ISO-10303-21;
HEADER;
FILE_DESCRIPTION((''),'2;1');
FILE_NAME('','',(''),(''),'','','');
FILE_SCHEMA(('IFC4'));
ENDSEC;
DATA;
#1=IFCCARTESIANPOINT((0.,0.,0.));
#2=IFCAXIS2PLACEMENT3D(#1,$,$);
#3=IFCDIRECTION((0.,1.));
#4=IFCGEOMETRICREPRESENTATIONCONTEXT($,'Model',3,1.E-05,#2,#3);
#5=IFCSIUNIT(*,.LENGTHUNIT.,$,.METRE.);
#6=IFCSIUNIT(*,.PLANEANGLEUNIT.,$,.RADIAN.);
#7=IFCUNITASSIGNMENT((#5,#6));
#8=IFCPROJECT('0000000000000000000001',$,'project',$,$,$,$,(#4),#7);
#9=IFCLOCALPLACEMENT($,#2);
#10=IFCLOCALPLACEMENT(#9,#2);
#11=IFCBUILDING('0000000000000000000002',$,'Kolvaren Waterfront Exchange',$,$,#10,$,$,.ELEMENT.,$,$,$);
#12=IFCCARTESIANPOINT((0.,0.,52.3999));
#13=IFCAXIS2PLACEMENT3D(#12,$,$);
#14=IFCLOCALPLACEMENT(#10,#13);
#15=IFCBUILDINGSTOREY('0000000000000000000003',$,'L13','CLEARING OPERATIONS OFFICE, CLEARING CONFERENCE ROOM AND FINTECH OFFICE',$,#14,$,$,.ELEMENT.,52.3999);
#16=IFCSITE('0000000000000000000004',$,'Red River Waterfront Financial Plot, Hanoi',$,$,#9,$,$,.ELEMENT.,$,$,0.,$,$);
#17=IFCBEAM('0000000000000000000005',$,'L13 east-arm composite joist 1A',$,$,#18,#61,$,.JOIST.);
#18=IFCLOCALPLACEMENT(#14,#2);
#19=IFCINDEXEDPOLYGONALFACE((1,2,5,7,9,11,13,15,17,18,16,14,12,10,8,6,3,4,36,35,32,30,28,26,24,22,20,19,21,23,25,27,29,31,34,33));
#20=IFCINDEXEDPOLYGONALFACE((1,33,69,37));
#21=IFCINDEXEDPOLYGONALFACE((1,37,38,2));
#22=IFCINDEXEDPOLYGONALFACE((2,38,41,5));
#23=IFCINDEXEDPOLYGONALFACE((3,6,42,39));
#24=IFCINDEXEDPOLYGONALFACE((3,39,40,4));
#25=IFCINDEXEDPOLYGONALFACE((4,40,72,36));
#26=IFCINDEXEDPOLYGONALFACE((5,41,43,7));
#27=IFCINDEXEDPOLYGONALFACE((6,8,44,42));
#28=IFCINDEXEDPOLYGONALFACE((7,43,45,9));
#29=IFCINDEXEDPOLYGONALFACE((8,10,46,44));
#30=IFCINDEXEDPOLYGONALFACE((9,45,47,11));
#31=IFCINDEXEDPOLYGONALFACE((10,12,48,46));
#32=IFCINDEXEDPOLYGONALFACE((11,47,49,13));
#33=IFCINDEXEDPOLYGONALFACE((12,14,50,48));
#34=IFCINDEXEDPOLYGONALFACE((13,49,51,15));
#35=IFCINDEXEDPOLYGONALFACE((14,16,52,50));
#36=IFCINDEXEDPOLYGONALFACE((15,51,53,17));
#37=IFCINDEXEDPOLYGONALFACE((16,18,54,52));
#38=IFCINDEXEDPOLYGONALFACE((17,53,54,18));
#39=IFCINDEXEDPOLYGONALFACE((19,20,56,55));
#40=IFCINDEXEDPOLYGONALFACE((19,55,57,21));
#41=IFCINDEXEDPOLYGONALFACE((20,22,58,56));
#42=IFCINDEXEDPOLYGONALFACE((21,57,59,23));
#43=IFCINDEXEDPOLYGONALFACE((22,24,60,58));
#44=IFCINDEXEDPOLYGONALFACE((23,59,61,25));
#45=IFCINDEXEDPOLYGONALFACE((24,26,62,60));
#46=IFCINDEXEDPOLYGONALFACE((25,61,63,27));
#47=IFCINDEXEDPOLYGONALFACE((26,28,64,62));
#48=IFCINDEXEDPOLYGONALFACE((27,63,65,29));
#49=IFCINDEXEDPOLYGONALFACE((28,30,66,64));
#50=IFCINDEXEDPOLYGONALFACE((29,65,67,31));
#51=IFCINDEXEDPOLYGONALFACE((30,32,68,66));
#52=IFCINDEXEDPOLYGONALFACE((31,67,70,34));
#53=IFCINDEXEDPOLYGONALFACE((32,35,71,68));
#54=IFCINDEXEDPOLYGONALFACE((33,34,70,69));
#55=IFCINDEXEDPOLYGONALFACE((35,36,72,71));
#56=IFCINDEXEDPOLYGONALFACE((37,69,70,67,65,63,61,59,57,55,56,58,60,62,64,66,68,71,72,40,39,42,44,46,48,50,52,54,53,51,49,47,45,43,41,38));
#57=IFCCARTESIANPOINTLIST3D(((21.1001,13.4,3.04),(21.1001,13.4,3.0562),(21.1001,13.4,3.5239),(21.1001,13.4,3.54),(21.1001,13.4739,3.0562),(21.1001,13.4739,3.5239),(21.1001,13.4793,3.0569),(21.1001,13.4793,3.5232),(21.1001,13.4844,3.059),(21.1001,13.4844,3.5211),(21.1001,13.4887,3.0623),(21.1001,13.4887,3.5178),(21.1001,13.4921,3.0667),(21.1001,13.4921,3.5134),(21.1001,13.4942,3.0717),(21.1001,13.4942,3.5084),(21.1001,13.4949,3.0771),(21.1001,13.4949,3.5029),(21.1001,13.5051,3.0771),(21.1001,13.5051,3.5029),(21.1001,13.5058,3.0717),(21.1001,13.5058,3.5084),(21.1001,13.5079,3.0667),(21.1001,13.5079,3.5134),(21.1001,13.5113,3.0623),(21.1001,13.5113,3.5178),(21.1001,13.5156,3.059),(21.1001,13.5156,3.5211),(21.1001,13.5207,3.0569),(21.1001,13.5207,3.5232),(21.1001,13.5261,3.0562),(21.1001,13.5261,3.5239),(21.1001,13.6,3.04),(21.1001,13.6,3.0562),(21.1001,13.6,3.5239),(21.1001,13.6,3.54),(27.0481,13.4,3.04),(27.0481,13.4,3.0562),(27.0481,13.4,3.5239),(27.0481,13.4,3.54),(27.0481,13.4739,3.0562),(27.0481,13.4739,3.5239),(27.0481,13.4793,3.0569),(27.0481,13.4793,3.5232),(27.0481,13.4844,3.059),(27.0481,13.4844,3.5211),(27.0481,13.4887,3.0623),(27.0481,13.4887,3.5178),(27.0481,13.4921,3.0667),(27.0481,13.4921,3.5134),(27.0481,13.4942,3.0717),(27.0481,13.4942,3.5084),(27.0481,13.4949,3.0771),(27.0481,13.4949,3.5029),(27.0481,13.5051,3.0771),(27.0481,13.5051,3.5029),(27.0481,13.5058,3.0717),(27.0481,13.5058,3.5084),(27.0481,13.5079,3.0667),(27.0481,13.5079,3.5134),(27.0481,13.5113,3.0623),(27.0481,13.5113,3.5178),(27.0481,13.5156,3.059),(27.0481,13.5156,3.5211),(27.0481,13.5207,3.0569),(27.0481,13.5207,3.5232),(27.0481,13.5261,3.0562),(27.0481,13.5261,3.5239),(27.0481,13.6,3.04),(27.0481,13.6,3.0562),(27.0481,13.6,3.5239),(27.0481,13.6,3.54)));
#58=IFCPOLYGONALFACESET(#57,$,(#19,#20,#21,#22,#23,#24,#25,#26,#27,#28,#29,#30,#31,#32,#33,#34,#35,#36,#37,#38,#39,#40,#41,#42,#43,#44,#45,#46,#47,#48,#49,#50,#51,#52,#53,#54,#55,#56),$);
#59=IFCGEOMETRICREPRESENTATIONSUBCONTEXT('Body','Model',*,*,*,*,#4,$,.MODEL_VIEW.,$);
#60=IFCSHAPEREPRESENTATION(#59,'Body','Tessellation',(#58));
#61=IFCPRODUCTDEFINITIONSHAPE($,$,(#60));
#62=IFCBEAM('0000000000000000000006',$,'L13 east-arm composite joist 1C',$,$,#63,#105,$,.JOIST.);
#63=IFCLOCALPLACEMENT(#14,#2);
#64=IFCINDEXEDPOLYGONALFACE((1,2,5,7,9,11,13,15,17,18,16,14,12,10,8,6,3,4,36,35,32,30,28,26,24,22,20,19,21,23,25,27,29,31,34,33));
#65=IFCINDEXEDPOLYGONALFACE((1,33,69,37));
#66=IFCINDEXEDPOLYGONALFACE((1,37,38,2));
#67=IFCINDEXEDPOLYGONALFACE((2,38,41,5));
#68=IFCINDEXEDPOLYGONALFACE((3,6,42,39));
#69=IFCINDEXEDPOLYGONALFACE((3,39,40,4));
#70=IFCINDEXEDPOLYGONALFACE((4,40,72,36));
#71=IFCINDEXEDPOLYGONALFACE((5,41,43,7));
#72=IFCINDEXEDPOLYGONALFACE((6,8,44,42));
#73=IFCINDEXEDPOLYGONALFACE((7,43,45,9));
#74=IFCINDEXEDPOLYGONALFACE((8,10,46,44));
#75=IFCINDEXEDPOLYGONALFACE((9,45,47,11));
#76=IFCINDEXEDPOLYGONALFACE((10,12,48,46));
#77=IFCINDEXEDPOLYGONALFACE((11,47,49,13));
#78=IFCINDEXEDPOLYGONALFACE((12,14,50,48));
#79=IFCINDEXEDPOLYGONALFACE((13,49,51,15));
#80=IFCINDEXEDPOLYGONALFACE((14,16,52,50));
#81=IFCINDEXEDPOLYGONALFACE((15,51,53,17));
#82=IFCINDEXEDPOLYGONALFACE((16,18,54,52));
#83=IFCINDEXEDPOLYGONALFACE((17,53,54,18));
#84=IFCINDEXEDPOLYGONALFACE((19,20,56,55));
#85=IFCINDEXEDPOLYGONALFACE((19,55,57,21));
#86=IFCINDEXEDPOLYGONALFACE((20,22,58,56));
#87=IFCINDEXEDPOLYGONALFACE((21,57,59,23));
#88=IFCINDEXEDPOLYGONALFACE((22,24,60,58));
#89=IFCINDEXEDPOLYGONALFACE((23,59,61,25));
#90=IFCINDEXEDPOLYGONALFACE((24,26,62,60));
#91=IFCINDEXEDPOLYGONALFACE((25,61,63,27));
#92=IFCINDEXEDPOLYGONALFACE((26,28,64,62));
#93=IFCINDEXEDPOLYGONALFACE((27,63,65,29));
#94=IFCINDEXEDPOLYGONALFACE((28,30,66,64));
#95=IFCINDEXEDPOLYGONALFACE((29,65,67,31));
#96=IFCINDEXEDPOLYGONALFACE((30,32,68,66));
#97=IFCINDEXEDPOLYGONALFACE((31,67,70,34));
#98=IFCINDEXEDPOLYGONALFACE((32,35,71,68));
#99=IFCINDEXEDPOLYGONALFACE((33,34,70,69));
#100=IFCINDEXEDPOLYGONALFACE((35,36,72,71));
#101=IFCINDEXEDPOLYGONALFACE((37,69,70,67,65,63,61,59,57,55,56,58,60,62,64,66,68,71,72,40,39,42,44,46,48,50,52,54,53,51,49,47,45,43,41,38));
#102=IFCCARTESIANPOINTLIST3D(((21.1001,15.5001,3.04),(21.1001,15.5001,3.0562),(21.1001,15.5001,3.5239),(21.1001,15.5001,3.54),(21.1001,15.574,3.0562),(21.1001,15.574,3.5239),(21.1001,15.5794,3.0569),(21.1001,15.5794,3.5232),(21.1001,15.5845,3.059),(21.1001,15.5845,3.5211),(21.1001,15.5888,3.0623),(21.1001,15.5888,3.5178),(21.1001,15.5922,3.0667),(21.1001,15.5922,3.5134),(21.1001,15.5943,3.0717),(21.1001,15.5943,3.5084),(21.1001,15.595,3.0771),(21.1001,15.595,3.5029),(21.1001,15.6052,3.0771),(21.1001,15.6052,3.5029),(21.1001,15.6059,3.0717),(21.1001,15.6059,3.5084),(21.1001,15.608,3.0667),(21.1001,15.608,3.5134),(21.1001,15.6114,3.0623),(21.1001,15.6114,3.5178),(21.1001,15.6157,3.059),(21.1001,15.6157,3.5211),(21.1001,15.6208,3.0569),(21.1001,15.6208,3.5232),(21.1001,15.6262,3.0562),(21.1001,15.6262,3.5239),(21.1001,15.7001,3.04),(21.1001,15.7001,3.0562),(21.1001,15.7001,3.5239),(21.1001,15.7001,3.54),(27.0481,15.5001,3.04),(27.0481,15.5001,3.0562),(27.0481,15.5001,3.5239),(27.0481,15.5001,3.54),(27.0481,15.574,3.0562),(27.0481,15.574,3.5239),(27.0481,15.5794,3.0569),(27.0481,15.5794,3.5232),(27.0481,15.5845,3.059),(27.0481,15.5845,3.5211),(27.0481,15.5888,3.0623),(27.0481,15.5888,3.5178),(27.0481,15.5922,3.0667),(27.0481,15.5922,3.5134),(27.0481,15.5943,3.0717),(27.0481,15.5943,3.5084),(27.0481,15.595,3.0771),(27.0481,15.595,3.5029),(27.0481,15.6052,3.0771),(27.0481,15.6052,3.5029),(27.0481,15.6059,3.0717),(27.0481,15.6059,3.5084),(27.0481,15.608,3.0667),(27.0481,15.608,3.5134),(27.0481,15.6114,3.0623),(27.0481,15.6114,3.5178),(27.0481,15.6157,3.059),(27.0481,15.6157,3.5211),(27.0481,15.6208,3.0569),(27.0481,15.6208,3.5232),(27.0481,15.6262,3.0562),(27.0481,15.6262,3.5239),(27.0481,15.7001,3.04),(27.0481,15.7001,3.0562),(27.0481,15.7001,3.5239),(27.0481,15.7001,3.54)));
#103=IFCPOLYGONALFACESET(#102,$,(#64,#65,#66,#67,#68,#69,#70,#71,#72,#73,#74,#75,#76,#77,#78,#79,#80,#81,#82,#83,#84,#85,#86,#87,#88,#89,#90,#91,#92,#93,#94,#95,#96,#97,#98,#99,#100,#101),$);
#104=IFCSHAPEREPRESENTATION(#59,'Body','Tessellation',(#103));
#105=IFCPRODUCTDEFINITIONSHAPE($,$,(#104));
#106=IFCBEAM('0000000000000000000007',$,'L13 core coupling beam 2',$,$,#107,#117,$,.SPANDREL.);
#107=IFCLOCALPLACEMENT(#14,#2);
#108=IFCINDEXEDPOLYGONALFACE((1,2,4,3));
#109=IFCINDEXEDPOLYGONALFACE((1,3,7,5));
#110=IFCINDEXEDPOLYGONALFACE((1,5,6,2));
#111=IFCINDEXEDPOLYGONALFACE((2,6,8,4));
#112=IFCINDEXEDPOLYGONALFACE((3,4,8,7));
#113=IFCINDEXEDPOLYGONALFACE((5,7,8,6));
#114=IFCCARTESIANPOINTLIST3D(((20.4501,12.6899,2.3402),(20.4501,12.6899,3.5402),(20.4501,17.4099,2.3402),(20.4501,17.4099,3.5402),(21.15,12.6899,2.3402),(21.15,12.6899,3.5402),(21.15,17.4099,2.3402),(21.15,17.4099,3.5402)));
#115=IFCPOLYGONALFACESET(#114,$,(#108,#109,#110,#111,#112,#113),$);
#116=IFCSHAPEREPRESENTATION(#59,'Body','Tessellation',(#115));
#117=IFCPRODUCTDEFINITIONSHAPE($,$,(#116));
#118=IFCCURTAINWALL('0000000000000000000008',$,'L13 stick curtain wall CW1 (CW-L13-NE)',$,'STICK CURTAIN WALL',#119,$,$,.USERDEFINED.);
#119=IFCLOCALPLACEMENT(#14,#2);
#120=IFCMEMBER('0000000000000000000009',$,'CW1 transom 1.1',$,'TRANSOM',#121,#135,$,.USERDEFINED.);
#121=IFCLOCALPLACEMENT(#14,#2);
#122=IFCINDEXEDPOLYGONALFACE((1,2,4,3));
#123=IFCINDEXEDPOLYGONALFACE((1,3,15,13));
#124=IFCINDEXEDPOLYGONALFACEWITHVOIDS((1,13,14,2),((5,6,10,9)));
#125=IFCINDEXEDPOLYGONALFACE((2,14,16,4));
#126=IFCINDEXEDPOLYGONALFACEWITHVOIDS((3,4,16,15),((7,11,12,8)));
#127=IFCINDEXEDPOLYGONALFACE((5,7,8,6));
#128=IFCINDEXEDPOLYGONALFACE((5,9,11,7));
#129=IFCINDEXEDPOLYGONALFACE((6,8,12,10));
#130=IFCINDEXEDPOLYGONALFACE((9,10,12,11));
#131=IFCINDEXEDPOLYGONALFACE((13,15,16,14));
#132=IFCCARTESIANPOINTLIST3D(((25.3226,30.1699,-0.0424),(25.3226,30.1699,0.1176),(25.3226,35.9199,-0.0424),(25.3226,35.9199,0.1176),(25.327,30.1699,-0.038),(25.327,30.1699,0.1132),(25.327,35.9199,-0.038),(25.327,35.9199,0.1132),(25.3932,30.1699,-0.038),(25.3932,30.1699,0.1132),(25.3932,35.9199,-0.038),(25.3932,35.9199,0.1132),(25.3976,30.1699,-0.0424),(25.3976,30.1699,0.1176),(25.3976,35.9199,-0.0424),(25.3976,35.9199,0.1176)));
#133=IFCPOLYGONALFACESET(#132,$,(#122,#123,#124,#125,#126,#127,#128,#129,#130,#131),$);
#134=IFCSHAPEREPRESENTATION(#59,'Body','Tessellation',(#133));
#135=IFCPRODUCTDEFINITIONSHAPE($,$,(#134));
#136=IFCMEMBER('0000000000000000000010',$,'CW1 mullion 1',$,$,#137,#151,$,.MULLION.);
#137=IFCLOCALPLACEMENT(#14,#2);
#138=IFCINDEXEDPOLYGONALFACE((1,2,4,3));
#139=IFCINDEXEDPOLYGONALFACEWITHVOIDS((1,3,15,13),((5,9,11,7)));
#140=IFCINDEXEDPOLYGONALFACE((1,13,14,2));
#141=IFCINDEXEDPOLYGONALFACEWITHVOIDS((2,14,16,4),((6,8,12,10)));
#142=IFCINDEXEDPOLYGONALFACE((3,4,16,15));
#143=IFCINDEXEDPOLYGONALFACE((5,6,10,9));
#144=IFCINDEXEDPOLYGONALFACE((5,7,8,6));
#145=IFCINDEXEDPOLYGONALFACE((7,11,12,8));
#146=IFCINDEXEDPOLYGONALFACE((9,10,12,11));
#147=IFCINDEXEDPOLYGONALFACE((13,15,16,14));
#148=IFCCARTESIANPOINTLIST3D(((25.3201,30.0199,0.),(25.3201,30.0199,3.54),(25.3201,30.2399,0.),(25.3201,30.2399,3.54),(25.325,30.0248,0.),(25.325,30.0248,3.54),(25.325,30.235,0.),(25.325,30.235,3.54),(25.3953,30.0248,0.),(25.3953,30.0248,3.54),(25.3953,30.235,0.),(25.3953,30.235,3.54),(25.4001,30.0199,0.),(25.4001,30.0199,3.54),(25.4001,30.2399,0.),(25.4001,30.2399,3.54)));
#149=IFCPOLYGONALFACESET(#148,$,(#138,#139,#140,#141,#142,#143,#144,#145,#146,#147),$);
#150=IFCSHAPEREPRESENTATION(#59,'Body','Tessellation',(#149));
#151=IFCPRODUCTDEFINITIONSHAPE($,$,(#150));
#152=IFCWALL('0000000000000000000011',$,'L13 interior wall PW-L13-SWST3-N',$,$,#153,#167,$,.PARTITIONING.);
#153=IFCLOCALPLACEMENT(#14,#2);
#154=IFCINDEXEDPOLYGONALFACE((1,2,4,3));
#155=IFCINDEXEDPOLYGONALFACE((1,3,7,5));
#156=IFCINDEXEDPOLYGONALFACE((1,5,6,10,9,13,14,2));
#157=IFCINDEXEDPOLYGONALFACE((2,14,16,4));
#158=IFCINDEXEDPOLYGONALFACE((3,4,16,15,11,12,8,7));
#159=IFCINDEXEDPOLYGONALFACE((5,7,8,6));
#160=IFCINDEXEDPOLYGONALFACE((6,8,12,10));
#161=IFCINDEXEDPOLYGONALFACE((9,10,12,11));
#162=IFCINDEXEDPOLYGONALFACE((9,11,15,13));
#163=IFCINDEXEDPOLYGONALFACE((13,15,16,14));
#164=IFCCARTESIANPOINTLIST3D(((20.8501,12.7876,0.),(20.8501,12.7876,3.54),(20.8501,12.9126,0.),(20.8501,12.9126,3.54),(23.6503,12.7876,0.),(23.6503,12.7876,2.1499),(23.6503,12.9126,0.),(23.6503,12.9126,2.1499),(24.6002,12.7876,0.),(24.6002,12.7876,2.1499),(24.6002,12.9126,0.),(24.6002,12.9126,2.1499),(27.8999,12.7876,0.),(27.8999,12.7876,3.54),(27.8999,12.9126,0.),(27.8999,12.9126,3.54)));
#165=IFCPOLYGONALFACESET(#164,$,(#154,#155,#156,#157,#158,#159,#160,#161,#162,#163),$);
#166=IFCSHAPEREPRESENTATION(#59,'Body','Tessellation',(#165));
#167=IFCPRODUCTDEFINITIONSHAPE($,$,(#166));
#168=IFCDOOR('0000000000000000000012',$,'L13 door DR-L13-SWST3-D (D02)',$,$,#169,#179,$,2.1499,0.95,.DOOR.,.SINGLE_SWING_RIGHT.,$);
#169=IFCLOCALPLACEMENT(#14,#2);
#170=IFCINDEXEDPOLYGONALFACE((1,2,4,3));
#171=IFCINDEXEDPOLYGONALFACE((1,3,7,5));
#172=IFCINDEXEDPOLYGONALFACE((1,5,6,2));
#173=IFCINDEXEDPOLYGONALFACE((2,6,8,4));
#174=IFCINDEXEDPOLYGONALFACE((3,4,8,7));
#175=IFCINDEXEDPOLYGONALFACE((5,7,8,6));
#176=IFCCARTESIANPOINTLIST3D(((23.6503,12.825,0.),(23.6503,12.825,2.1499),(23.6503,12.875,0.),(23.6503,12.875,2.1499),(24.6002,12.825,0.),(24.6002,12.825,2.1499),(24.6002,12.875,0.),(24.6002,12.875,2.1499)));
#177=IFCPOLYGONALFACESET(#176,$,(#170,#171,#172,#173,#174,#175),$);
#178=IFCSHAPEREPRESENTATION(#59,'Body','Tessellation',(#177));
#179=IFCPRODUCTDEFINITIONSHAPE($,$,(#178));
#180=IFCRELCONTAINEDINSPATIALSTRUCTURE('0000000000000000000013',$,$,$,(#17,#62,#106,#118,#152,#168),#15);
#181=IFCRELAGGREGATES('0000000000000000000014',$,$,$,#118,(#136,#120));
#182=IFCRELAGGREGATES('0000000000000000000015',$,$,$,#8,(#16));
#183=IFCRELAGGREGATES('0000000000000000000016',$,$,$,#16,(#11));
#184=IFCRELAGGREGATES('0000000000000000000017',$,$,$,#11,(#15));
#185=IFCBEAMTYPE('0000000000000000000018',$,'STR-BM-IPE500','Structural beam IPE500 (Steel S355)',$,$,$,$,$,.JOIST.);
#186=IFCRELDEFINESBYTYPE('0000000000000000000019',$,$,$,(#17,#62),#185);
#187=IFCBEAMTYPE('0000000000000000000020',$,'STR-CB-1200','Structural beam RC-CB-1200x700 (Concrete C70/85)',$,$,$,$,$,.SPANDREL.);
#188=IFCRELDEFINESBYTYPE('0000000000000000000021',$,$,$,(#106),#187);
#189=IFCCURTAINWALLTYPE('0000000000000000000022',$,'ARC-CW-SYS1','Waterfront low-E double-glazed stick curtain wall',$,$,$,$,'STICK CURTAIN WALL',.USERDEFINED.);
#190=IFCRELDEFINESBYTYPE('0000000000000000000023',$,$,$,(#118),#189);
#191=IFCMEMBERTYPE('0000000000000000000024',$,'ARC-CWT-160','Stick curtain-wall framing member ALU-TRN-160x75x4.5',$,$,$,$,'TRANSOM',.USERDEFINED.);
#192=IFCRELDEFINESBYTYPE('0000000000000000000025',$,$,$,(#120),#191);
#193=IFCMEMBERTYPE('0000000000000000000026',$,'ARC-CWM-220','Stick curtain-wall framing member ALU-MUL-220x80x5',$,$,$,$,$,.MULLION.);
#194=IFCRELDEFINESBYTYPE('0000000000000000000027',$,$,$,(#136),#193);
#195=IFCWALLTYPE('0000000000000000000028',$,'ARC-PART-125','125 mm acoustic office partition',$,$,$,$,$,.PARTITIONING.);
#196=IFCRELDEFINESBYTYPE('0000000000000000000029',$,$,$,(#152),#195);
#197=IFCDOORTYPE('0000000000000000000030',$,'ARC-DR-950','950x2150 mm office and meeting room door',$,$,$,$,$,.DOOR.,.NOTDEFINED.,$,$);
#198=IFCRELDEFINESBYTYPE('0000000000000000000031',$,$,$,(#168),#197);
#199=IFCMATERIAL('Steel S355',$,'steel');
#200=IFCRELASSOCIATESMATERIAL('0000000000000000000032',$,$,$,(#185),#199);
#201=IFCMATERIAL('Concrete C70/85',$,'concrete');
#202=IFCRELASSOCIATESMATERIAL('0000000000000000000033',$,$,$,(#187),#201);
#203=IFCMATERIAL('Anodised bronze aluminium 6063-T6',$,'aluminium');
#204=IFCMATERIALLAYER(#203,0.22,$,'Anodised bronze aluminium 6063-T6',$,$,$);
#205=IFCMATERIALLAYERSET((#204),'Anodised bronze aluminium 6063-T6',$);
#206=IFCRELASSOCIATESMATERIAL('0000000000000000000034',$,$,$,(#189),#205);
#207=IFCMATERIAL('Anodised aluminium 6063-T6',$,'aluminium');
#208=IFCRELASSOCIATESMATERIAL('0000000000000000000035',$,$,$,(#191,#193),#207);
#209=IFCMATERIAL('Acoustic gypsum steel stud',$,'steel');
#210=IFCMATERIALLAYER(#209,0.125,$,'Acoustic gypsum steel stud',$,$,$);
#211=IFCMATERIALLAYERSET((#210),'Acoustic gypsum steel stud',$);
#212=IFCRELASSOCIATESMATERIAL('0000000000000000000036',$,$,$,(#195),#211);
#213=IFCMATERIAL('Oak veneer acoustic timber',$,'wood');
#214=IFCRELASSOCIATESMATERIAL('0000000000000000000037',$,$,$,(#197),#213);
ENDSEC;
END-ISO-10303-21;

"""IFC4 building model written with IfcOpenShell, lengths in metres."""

from ifc_helpers import new_model, si_unit, direction, frame, frame_2d, origin, origin_with_axes, origin_2d, place, context, subcontext, project, spatial, rectangle, hollow_rectangle, i_section, extrude, source, transform, mapped, material, layer, layer_set, material_profile, profile_set, type_object, element, fill, aggregate, save


model = new_model("IFC4")

# Units and contexts
model_context = context("Model", 3, precision=1e-05, world=origin(), true_north=direction((0.0, 1.0)))
body_context = subcontext(model_context, "Body", "Model", "MODEL_VIEW")
ifc_project = project(units=[si_unit("LENGTHUNIT", "METRE"), si_unit("PLANEANGLEUNIT", "RADIAN")], contexts=[model_context])

# Site, building, storey
site_placement = place(None, origin())
site = spatial("IfcSite", under=ifc_project, at=site_placement, Name="Red River Waterfront Financial Plot, Hanoi", CompositionType="ELEMENT", RefElevation=0.0)
building_placement = place(site_placement, origin())
building = spatial("IfcBuilding", under=site, at=building_placement, Name="Kolvaren Waterfront Exchange", CompositionType="ELEMENT")
storey_placement = place(building_placement, frame((0.0, 0.0, 52.3999)))
storey = spatial("IfcBuildingStorey", under=building, at=storey_placement, Name="L13", Description="CLEARING OPERATIONS OFFICE, CLEARING CONFERENCE ROOM AND FINTECH OFFICE", CompositionType="ELEMENT", Elevation=52.3999)

# Shared definitions
ifc_material_1 = material(Name="Concrete C70/85", Category="concrete")

# Beams
ifc_material_2 = material(Name="Steel S355", Category="steel")
ifc_material_profile_1 = material_profile(ifc_material_2, i_section(OverallWidth=0.2, OverallDepth=0.5, WebThickness=0.0103, FlangeThickness=0.0161, FilletRadius=0.021, at=origin_2d()), Name="IPE500")
ifc_profile_set_1 = profile_set([ifc_material_profile_1], Name="Steel S355")
beam_type_1 = type_object("IfcBeamType", Name="STR-BM-IPE500", Description="Structural beam IPE500 (Steel S355)", PredefinedType="JOIST", material=ifc_profile_set_1)
for number, where, z_axis, x_axis, name in (
    (1, (21.1001, 13.5, 3.29), (1.0, 0.0, 0.0), (0.0, 1.0, 0.0), "L13 east-arm composite joist 1A"),
    (2, (21.1001, 15.6001, 3.29), (1.0, 0.0, 0.0), (0.0, 1.0, 0.0), "L13 east-arm composite joist 1C"),
):
    element("IfcBeam", number, at=place(storey_placement, frame(where, z_axis=z_axis, x_axis=x_axis)), inside=storey, type_object=beam_type_1, Name=name, PredefinedType="JOIST", context=body_context, shape_type="SweptSolid", body=[
        extrude(i_section(OverallWidth=0.2, OverallDepth=0.5, WebThickness=0.0103, FlangeThickness=0.0161, FilletRadius=0.021, at=origin_2d()), origin(), (0.0, 0.0, 1.0), 5.948),
    ])
ifc_material_profile_2 = material_profile(ifc_material_1, rectangle(XDim=0.7, YDim=1.2, at=origin_2d()), Name="RC-CB-1200x700")
ifc_profile_set_2 = profile_set([ifc_material_profile_2], Name="Concrete C70/85")
beam_type_2 = type_object("IfcBeamType", Name="STR-CB-1200", Description="Structural beam RC-CB-1200x700 (Concrete C70/85)", PredefinedType="SPANDREL", material=ifc_profile_set_2)
beam_1_placement = place(storey_placement, frame((20.8, 12.6899, 2.9402), z_axis=(0.0, 1.0, 0.0), x_axis=(-1.0, 0.0, 0.0)))
element("IfcBeam", 3, at=beam_1_placement, inside=storey, type_object=beam_type_2, Name="L13 core coupling beam 2", PredefinedType="SPANDREL", context=body_context, shape_type="SweptSolid", body=[
    extrude(rectangle(XDim=0.7, YDim=1.2, at=origin_2d()), origin(), (0.0, 0.0, 1.0), 4.72),
])

# Curtain wall, members
ifc_material_3 = material(Name="Anodised bronze aluminium 6063-T6", Category="aluminium")
ifc_layer_1 = layer(ifc_material_3, 0.22, Name="Anodised bronze aluminium 6063-T6")
ifc_layer_set_1 = layer_set([ifc_layer_1], Name="Anodised bronze aluminium 6063-T6")
curtain_wall_type = type_object("IfcCurtainWallType", Name="ARC-CW-SYS1", Description="Waterfront low-E double-glazed stick curtain wall", ElementType="STICK CURTAIN WALL", PredefinedType="USERDEFINED", material=ifc_layer_set_1)
curtain_wall_placement = place(storey_placement, origin())
curtain_wall = element("IfcCurtainWall", 4, at=curtain_wall_placement, inside=storey, type_object=curtain_wall_type, Name="L13 stick curtain wall CW1 (CW-L13-NE)", ObjectType="STICK CURTAIN WALL", PredefinedType="USERDEFINED")
ifc_material_4 = material(Name="Anodised aluminium 6063-T6", Category="aluminium")
ifc_material_profile_3 = material_profile(ifc_material_4, hollow_rectangle(XDim=0.075, YDim=0.1599, WallThickness=0.0044, at=origin_2d()), Name="ALU-TRN-160x75x4.5")
ifc_profile_set_3 = profile_set([ifc_material_profile_3], Name="Anodised aluminium 6063-T6")
member_type_1 = type_object("IfcMemberType", Name="ARC-CWT-160", Description="Stick curtain-wall framing member ALU-TRN-160x75x4.5", ElementType="TRANSOM", PredefinedType="USERDEFINED", material=ifc_profile_set_3)
shared_shape_1 = source(origin_with_axes(), body_context, "Body", "SweptSolid", [
    extrude(hollow_rectangle(XDim=0.075, YDim=0.1599, WallThickness=0.0044, at=origin_2d()), origin(), (0.0, 0.0, 1.0), 5.75),
])
member_1_placement = place(storey_placement, frame((25.3601, 30.1699, 0.0376), z_axis=(0.0, 1.0, 0.0), x_axis=(-1.0, 0.0, 0.0)))
member_1 = element("IfcMember", 5, at=member_1_placement, type_object=member_type_1, Name="CW1 transom 1.1", ObjectType="TRANSOM", PredefinedType="USERDEFINED", context=body_context, shape_type="MappedRepresentation", body=[
    mapped(shared_shape_1, transform((0.0, 0.0, 0.0), x_axis=(1.0, 0.0, 0.0), y_axis=(0.0, 1.0, 0.0), z_axis=(0.0, 0.0, 1.0), scale=1.0)),
])
ifc_material_profile_4 = material_profile(ifc_material_4, hollow_rectangle(XDim=0.0801, YDim=0.22, WallThickness=0.0049, at=origin_2d()), Name="ALU-MUL-220x80x5")
ifc_profile_set_4 = profile_set([ifc_material_profile_4], Name="Anodised aluminium 6063-T6")
member_type_2 = type_object("IfcMemberType", Name="ARC-CWM-220", Description="Stick curtain-wall framing member ALU-MUL-220x80x5", PredefinedType="MULLION", material=ifc_profile_set_4)
shared_shape_2 = source(origin_with_axes(), body_context, "Body", "SweptSolid", [
    extrude(hollow_rectangle(XDim=0.0801, YDim=0.22, WallThickness=0.0049, at=origin_2d()), origin(), (0.0, 0.0, 1.0), 3.54),
])
member_2_placement = place(storey_placement, frame((25.3601, 30.1299, 0.0), z_axis=(0.0, 0.0, 1.0), x_axis=(-1.0, 0.0, 0.0)))
member_2 = element("IfcMember", 6, at=member_2_placement, type_object=member_type_2, Name="CW1 mullion 1", PredefinedType="MULLION", context=body_context, shape_type="MappedRepresentation", body=[
    mapped(shared_shape_2, transform((0.0, 0.0, 0.0), x_axis=(1.0, 0.0, 0.0), y_axis=(0.0, 1.0, 0.0), z_axis=(0.0, 0.0, 1.0), scale=1.0)),
])
aggregate(curtain_wall, [member_2, member_1])

# Wall, opening, door
ifc_material_5 = material(Name="Acoustic gypsum steel stud", Category="steel")
ifc_layer_2 = layer(ifc_material_5, 0.125, Name="Acoustic gypsum steel stud")
ifc_layer_set_2 = layer_set([ifc_layer_2], Name="Acoustic gypsum steel stud")
wall_type_1 = type_object("IfcWallType", Name="ARC-PART-125", Description="125 mm acoustic office partition", PredefinedType="PARTITIONING", material=ifc_layer_set_2)
wall_1_placement = place(storey_placement, frame((20.8501, 12.8501, 0.0), z_axis=(0.0, 0.0, 1.0), x_axis=(1.0, 0.0, 0.0)))
wall_1 = element("IfcWall", 7, at=wall_1_placement, inside=storey, type_object=wall_type_1, Name="L13 interior wall PW-L13-SWST3-N", PredefinedType="PARTITIONING", context=body_context, shape_type="SweptSolid", body=[
    extrude(rectangle(XDim=7.0498, YDim=0.125, at=frame_2d((3.5249, 0.0))), origin(), (0.0, 0.0, 1.0), 3.54),
])
opening_1_placement = place(wall_1_placement, frame((2.8, 0.0, 0.0)))
opening_1 = element("IfcOpeningElement", 8, at=opening_1_placement, cuts=wall_1, PredefinedType="OPENING", context=body_context, shape_type="SweptSolid", body=[
    extrude(rectangle(XDim=0.95, YDim=2.1499, at=frame_2d((0.4751, 1.075))), frame((0.0, 0.0725, 0.0), z_axis=(0.0, -1.0, 0.0), x_axis=(1.0, 0.0, 0.0)), (0.0, 0.0, 1.0), 0.145),
])
ifc_material_6 = material(Name="Oak veneer acoustic timber", Category="wood")
door_type = type_object("IfcDoorType", Name="ARC-DR-950", Description="950x2150 mm office and meeting room door", OperationType="NOTDEFINED", PredefinedType="DOOR", material=ifc_material_6)
door_1_placement = place(opening_1_placement, origin())
door_1 = element("IfcDoor", 9, at=door_1_placement, inside=storey, type_object=door_type, Name="L13 door DR-L13-SWST3-D (D02)", OperationType="SINGLE_SWING_RIGHT", OverallHeight=2.1499, OverallWidth=0.95, PredefinedType="DOOR", context=body_context, shape_type="SweptSolid", body=[
    extrude(rectangle(XDim=0.95, YDim=2.1499, at=frame_2d((0.4751, 1.075))), frame((0.0, 0.0249, 0.0), z_axis=(0.0, -1.0, 0.0), x_axis=(1.0, 0.0, 0.0)), (0.0, 0.0, 1.0), 0.05),
])
fill(opening_1, door_1)

save(model, "model.ifc")
